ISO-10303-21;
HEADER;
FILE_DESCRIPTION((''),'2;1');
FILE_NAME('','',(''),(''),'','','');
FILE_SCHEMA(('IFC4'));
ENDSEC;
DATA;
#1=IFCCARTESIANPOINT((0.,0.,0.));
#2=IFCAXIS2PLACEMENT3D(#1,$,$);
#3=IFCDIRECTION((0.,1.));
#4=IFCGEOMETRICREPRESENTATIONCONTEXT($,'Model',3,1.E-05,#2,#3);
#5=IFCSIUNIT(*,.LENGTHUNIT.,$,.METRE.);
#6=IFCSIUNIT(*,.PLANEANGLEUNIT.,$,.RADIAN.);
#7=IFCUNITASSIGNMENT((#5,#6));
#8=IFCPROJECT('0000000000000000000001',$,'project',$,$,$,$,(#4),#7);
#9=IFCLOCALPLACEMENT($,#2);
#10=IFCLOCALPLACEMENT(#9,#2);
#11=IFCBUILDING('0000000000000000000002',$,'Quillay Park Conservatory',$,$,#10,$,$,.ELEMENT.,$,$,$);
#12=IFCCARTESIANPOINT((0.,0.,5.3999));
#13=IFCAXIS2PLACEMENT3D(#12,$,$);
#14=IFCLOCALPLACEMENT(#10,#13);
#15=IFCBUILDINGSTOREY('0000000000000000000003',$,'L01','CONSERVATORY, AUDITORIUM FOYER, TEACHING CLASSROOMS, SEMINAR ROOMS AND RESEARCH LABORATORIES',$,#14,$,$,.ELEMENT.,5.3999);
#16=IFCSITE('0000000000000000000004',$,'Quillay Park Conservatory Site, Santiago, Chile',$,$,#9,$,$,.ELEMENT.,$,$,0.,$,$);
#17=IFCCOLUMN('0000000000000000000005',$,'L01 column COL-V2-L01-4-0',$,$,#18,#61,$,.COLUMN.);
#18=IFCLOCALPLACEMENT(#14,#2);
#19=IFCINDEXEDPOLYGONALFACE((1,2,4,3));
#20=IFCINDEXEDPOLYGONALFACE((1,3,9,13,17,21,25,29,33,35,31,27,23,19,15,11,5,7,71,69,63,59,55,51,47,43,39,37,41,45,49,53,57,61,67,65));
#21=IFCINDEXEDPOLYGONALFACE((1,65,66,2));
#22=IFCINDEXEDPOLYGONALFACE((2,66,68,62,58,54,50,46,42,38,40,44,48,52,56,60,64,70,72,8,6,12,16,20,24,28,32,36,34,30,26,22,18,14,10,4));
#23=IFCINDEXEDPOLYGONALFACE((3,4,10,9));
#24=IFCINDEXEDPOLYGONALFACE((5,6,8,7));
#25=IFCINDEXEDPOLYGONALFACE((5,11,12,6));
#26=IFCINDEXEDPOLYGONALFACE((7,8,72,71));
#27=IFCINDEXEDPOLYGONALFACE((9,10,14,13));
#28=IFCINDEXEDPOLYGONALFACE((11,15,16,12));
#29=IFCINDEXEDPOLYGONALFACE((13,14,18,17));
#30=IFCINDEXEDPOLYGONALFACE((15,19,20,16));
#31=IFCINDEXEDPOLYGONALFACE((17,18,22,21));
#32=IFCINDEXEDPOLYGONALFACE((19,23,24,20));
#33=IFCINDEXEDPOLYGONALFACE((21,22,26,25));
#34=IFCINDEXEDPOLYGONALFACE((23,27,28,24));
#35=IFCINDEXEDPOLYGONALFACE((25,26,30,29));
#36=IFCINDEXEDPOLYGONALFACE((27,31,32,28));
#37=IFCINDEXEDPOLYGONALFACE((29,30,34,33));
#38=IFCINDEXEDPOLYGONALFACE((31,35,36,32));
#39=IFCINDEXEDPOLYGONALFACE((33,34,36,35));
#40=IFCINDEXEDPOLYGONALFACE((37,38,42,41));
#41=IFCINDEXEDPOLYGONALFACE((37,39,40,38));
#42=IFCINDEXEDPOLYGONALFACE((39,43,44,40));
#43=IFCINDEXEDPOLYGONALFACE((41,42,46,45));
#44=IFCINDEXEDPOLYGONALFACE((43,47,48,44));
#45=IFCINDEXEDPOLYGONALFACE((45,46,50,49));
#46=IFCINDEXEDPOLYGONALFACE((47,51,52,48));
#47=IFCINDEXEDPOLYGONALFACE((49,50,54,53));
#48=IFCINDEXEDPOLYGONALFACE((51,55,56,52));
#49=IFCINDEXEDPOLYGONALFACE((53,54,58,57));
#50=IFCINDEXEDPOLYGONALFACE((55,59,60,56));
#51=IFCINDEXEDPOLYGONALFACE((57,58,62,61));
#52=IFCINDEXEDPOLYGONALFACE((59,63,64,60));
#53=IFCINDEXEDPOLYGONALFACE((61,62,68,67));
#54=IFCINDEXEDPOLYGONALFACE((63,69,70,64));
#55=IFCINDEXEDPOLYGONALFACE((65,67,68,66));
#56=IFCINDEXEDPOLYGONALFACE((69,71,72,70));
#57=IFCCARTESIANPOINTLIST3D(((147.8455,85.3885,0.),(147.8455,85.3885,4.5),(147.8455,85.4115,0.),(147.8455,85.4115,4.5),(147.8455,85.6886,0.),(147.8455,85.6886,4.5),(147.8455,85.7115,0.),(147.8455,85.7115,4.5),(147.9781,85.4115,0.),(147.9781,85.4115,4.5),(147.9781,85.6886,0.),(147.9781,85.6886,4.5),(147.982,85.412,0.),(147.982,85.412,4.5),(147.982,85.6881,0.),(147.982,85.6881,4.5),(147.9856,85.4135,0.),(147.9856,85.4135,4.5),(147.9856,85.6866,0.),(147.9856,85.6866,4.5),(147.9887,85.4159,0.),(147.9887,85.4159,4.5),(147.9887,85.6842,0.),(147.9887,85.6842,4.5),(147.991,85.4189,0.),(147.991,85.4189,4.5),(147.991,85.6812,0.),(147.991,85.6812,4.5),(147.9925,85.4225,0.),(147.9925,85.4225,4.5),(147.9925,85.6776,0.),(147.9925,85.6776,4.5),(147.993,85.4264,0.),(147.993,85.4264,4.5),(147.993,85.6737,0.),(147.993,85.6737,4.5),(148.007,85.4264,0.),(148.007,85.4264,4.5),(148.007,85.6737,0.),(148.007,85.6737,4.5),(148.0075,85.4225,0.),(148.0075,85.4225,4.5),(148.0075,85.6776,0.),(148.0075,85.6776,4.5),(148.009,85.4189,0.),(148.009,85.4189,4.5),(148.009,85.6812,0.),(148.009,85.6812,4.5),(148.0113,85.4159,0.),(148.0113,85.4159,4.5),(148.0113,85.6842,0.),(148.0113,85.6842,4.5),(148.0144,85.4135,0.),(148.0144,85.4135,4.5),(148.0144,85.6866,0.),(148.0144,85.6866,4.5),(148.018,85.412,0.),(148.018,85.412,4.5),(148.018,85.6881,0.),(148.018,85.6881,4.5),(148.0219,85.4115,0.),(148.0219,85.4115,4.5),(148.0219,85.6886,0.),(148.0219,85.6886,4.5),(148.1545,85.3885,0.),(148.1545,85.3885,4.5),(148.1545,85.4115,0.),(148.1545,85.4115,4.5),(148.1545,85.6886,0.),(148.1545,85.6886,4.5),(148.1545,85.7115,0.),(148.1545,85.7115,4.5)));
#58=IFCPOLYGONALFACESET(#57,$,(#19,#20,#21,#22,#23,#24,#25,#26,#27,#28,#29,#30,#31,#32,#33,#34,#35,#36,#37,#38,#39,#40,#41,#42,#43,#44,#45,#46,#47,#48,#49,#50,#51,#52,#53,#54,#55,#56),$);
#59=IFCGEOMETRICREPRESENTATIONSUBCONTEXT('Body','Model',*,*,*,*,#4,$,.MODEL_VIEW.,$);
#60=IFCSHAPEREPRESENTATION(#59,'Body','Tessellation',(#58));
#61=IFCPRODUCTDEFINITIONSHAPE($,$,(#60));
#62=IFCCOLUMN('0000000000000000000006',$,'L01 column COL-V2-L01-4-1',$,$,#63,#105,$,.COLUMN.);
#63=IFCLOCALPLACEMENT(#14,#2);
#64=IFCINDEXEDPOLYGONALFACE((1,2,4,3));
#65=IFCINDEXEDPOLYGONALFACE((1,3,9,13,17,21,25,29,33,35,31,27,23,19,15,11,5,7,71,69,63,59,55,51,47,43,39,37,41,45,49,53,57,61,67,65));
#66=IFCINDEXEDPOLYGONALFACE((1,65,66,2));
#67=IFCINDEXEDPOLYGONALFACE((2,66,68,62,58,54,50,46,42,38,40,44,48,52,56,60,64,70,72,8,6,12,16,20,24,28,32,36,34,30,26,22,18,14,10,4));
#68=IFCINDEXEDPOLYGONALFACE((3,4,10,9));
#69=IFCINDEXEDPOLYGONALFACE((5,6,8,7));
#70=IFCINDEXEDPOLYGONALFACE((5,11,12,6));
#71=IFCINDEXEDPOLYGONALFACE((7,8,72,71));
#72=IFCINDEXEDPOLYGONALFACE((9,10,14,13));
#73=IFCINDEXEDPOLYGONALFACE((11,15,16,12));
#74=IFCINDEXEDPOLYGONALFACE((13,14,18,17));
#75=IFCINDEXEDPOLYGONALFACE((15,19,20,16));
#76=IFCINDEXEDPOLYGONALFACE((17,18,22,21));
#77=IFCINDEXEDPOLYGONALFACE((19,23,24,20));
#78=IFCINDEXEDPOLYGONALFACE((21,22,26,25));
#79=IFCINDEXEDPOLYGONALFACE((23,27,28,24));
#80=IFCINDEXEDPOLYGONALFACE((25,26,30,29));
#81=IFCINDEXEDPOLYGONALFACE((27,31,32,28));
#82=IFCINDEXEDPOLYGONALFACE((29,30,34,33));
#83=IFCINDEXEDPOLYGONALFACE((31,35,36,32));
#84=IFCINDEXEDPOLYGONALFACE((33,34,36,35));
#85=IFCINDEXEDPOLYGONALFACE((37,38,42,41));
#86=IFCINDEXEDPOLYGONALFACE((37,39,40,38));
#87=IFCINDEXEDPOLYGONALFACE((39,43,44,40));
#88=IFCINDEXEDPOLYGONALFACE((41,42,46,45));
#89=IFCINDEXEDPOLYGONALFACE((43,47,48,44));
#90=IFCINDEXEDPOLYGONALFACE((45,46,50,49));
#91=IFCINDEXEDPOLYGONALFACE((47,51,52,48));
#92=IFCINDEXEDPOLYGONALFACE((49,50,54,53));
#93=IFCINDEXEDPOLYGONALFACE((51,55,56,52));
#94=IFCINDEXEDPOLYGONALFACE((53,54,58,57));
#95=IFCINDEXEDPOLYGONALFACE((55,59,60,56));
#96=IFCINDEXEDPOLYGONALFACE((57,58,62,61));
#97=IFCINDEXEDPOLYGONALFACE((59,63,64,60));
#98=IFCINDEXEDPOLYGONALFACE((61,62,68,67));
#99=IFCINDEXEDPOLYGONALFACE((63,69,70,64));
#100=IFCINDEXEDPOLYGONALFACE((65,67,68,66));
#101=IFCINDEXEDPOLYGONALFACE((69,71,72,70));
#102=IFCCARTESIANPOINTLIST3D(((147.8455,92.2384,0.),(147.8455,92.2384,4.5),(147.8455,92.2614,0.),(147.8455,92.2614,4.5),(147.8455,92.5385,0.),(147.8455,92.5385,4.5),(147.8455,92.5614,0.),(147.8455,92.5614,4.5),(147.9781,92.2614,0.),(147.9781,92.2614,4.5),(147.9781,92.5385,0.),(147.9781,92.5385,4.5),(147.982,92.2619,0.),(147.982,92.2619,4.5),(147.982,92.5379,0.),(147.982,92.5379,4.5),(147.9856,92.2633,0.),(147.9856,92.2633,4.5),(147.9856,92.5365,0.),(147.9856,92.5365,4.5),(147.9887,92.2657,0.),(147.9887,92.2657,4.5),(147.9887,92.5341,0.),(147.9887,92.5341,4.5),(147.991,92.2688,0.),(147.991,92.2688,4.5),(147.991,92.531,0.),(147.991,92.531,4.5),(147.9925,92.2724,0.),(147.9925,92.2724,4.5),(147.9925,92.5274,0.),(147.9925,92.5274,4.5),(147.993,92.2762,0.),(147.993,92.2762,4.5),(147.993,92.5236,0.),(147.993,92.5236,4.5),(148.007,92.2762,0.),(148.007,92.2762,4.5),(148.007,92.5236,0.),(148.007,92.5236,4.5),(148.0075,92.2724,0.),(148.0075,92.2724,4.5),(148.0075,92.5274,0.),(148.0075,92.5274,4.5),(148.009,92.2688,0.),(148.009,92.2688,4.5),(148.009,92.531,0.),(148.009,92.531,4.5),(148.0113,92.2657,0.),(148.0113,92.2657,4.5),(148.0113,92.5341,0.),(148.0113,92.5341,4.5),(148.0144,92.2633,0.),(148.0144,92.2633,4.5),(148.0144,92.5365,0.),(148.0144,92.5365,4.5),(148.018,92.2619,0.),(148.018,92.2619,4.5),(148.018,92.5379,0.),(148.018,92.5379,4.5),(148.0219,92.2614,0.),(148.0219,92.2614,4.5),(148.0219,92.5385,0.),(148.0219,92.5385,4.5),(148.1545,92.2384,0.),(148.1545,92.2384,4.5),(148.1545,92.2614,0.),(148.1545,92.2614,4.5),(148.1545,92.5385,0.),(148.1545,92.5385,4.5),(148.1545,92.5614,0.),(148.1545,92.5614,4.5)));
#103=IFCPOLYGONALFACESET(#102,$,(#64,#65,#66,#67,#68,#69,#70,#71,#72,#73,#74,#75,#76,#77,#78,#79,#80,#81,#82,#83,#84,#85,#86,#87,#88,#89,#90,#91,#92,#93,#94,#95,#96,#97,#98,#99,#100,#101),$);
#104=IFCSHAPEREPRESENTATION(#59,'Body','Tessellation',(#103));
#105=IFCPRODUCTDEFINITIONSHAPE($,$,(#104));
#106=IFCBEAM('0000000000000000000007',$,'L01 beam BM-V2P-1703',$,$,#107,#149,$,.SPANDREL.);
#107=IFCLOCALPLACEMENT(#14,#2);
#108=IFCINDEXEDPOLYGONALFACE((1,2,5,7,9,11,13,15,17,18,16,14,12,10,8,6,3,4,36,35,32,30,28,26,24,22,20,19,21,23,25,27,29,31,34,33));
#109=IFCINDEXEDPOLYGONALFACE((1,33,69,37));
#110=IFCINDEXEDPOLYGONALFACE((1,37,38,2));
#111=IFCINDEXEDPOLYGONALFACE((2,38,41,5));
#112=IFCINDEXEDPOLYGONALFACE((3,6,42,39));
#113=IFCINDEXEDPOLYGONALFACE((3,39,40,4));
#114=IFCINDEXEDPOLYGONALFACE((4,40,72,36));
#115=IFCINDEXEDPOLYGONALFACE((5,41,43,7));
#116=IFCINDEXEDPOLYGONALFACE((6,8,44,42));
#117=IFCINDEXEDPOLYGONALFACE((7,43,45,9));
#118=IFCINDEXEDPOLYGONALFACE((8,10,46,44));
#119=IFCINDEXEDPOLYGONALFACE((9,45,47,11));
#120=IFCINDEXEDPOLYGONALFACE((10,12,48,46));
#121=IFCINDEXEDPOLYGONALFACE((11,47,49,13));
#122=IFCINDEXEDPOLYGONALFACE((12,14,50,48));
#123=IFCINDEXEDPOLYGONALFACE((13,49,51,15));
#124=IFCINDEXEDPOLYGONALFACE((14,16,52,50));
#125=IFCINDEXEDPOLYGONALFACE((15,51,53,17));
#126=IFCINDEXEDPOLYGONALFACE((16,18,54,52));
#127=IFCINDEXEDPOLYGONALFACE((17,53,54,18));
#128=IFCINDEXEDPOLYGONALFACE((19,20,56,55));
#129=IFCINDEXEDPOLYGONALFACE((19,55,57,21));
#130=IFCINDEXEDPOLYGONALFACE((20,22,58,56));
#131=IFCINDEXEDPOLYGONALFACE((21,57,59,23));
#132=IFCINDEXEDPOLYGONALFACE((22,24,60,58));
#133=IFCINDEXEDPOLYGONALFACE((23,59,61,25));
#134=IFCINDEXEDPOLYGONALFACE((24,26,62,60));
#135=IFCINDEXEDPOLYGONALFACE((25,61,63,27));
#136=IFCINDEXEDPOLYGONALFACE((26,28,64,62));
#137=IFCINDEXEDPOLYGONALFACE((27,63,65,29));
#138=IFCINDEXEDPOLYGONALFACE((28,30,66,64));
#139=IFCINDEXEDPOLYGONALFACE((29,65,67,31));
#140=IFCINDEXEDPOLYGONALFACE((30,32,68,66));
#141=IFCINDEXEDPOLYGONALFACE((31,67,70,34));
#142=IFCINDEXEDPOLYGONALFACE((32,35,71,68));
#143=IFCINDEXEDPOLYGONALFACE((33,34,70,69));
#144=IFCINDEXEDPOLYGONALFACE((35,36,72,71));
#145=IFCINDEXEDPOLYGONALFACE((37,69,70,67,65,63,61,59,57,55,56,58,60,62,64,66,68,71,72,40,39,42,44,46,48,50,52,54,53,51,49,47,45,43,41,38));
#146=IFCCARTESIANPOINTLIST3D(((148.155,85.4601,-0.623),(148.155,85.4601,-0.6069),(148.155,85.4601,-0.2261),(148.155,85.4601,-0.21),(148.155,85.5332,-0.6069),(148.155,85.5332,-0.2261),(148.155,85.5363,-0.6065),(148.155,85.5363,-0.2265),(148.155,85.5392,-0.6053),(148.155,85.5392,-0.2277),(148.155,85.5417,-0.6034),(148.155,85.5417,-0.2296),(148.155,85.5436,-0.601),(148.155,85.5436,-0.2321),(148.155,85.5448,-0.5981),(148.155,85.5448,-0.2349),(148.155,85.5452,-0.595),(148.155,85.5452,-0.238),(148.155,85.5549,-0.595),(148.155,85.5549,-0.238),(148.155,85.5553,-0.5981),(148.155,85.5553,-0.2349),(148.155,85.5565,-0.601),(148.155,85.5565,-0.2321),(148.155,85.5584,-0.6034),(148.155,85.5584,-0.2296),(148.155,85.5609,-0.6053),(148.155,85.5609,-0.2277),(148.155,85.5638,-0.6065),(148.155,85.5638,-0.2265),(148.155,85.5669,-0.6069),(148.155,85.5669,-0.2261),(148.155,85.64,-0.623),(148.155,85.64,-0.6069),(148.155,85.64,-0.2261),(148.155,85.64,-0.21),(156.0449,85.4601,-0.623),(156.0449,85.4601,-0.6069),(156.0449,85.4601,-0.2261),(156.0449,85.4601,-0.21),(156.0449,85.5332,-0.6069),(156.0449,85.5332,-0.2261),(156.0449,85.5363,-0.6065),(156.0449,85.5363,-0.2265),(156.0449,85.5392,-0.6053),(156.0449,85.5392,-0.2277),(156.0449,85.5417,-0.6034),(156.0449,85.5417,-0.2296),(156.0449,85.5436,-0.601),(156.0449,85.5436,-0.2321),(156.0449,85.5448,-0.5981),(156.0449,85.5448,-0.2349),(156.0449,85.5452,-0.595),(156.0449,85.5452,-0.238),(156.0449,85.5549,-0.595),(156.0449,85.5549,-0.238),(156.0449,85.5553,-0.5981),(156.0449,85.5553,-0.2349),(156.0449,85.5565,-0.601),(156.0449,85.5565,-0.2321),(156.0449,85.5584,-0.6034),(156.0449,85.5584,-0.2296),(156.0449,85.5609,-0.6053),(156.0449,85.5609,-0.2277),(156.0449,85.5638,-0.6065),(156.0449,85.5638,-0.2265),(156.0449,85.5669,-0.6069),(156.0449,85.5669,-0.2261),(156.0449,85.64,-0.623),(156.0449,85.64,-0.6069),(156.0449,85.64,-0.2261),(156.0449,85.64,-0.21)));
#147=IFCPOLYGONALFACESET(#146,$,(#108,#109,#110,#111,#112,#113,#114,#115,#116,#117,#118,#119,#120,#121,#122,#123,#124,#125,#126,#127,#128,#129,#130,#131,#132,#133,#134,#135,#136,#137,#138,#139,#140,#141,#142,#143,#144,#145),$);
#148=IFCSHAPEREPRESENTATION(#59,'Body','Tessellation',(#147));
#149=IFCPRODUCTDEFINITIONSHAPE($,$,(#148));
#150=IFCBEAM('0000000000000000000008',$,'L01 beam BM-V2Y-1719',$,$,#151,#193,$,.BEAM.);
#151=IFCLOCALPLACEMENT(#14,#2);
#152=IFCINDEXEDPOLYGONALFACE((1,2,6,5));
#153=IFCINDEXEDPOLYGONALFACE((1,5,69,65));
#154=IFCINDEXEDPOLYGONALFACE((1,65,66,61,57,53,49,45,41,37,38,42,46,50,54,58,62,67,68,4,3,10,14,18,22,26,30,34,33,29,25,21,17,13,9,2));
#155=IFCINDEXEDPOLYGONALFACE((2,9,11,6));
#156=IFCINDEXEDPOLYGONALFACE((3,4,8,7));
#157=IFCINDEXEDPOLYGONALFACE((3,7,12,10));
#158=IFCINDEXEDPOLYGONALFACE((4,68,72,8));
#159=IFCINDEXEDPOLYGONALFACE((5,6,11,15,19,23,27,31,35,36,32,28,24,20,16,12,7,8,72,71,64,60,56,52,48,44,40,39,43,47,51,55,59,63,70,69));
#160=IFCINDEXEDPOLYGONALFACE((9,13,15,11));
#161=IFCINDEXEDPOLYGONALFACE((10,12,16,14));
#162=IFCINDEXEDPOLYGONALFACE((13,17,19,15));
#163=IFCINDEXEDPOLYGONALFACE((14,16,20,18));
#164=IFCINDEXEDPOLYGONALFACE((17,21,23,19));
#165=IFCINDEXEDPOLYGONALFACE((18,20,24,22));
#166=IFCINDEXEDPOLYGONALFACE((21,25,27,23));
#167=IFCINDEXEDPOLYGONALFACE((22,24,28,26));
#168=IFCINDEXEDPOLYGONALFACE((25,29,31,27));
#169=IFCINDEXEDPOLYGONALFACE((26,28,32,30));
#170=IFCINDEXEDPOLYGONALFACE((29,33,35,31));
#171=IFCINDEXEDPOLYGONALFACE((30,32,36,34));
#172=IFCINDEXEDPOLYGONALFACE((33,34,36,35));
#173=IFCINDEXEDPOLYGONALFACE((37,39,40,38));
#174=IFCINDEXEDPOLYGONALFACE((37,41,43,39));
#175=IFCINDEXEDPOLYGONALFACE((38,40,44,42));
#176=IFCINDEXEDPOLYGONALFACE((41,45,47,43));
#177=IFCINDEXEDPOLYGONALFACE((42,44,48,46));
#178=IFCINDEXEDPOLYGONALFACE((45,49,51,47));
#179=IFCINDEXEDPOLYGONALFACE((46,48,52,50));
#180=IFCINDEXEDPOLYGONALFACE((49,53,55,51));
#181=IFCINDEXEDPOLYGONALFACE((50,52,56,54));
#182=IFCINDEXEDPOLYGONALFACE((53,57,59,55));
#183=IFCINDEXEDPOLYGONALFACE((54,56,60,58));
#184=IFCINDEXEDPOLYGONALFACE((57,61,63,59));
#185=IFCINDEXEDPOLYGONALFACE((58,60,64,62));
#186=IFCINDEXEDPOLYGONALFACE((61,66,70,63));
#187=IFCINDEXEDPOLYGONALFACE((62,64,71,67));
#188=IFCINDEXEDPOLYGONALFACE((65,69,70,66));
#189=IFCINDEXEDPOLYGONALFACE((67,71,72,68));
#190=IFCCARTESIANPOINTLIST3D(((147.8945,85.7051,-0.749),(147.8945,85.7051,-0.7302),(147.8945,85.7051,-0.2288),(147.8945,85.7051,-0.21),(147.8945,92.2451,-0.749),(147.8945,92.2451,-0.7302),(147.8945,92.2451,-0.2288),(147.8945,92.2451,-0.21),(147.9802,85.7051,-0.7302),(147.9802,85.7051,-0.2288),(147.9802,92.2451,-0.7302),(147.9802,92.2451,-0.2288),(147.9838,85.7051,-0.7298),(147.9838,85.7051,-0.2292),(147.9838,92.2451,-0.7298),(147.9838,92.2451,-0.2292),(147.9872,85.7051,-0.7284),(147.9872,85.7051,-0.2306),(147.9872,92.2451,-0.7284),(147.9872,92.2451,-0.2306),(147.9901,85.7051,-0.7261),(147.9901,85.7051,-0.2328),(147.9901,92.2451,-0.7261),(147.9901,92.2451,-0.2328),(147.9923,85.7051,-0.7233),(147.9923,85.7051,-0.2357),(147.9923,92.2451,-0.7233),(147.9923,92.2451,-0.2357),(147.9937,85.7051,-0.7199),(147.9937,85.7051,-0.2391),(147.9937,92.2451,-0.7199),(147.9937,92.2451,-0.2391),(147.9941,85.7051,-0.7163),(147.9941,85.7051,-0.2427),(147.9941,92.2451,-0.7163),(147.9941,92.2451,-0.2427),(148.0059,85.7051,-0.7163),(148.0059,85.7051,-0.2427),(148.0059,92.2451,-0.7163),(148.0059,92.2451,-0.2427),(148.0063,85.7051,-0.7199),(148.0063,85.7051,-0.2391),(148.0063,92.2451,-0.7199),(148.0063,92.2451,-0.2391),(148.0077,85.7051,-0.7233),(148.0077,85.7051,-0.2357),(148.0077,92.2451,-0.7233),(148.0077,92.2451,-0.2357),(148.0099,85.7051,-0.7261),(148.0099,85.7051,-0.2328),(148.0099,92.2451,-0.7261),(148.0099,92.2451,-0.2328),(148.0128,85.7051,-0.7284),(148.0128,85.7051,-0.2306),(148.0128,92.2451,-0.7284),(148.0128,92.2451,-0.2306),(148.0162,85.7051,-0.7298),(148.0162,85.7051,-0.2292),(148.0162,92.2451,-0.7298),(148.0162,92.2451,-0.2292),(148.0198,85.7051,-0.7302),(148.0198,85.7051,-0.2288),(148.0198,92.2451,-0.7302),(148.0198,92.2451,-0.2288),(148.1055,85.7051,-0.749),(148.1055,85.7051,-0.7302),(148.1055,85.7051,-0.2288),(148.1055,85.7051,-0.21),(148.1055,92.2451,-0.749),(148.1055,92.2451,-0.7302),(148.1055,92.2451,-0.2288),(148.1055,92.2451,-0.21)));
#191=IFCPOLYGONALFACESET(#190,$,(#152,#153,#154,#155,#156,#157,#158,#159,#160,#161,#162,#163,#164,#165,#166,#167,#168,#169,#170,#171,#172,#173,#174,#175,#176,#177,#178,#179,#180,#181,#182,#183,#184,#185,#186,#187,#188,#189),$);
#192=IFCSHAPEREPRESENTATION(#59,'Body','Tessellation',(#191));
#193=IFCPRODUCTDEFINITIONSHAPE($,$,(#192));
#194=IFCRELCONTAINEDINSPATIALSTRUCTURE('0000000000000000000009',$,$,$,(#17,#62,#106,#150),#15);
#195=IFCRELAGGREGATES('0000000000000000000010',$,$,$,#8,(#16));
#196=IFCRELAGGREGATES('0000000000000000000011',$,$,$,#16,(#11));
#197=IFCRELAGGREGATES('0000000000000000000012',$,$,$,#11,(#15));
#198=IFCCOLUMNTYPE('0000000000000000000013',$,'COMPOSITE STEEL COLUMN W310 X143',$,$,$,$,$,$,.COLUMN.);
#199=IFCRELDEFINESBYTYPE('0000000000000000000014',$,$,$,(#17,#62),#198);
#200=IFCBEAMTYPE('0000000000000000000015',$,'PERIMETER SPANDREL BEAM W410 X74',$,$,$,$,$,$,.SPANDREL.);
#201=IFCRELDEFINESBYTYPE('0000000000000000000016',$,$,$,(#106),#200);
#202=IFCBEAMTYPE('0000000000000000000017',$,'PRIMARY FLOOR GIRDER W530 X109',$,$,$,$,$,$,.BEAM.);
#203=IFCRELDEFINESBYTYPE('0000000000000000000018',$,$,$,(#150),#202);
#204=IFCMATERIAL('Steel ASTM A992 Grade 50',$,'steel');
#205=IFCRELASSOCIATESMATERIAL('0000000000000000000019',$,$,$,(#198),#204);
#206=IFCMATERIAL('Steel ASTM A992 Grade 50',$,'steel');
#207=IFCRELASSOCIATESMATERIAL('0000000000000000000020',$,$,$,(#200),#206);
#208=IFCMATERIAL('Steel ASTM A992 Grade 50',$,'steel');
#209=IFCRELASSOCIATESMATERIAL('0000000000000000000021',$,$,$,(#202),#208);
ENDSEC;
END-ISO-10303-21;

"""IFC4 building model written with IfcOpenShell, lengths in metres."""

from ifc_helpers import new_model, si_unit, direction, frame, origin, origin_2d, place, context, subcontext, project, spatial, i_section, extrude, material, material_profile, profile_set, type_object, element, save


model = new_model("IFC4")

# Units and contexts
model_context = context("Model", 3, precision=1e-05, world=origin(), true_north=direction((0.0, 1.0)))
body_context = subcontext(model_context, "Body", "Model", "MODEL_VIEW")
ifc_project = project(units=[si_unit("LENGTHUNIT", "METRE"), si_unit("PLANEANGLEUNIT", "RADIAN")], contexts=[model_context])

# Site, building, storey
site_placement = place(None, origin())
site = spatial("IfcSite", under=ifc_project, at=site_placement, Name="Quillay Park Conservatory Site, Santiago, Chile", CompositionType="ELEMENT", RefElevation=0.0)
building_placement = place(site_placement, origin())
building = spatial("IfcBuilding", under=site, at=building_placement, Name="Quillay Park Conservatory", CompositionType="ELEMENT")
storey_placement = place(building_placement, frame((0.0, 0.0, 5.3999)))
storey = spatial("IfcBuildingStorey", under=building, at=storey_placement, Name="L01", Description="CONSERVATORY, AUDITORIUM FOYER, TEACHING CLASSROOMS, SEMINAR ROOMS AND RESEARCH LABORATORIES", CompositionType="ELEMENT", Elevation=5.3999)

# Columns
ifc_material_1 = material(Name="Steel ASTM A992 Grade 50", Category="steel")
ifc_material_profile_1 = material_profile(ifc_material_1, i_section(OverallWidth=0.3091, OverallDepth=0.323, WebThickness=0.0139, FlangeThickness=0.0229, FilletRadius=0.0149, at=origin_2d()), Name="W310x143")
ifc_profile_set_1 = profile_set([ifc_material_profile_1], Name="Steel ASTM A992 Grade 50")
column_type = type_object("IfcColumnType", Name="COMPOSITE STEEL COLUMN W310 X143", PredefinedType="COLUMN", material=ifc_profile_set_1)
for number, where, z_axis, x_axis, name in (
    (1, (148.0, 85.55, 0.0), (0.0, 0.0, 1.0), (1.0, 0.0, 0.0), "L01 column COL-V2-L01-4-0"),
    (2, (148.0, 92.3999, 0.0), (0.0, 0.0, 1.0), (1.0, 0.0, 0.0), "L01 column COL-V2-L01-4-1"),
):
    element("IfcColumn", number, at=place(storey_placement, frame(where, z_axis=z_axis, x_axis=x_axis)), inside=storey, type_object=column_type, Name=name, PredefinedType="COLUMN", context=body_context, shape_type="SweptSolid", body=[
        extrude(i_section(OverallWidth=0.3091, OverallDepth=0.323, WebThickness=0.0139, FlangeThickness=0.0229, FilletRadius=0.0149, at=origin_2d()), origin(), (0.0, 0.0, 1.0), 4.5),
    ])

# Beams
ifc_material_2 = material(Name="Steel ASTM A992 Grade 50", Category="steel")
ifc_material_profile_2 = material_profile(ifc_material_2, i_section(OverallWidth=0.1799, OverallDepth=0.4131, WebThickness=0.0098, FlangeThickness=0.0161, FilletRadius=0.012, at=origin_2d()), Name="W410x74")
ifc_profile_set_2 = profile_set([ifc_material_profile_2], Name="Steel ASTM A992 Grade 50")
beam_type_1 = type_object("IfcBeamType", Name="PERIMETER SPANDREL BEAM W410 X74", PredefinedType="SPANDREL", material=ifc_profile_set_2)
beam_1_placement = place(storey_placement, frame((148.155, 85.55, -0.4165), z_axis=(1.0, 0.0, 0.0), x_axis=(0.0, 1.0, 0.0)))
element("IfcBeam", 3, at=beam_1_placement, inside=storey, type_object=beam_type_1, Name="L01 beam BM-V2P-1703", PredefinedType="SPANDREL", context=body_context, shape_type="SweptSolid", body=[
    extrude(i_section(OverallWidth=0.1799, OverallDepth=0.4131, WebThickness=0.0098, FlangeThickness=0.0161, FilletRadius=0.012, at=origin_2d()), origin(), (0.0, 0.0, 1.0), 7.8899),
])
ifc_material_3 = material(Name="Steel ASTM A992 Grade 50", Category="steel")
ifc_material_profile_3 = material_profile(ifc_material_3, i_section(OverallWidth=0.2109, OverallDepth=0.5391, WebThickness=0.0117, FlangeThickness=0.0188, FilletRadius=0.0139, at=origin_2d()), Name="W530x109")
ifc_profile_set_3 = profile_set([ifc_material_profile_3], Name="Steel ASTM A992 Grade 50")
beam_type_2 = type_object("IfcBeamType", Name="PRIMARY FLOOR GIRDER W530 X109", PredefinedType="BEAM", material=ifc_profile_set_3)
beam_2_placement = place(storey_placement, frame((148.0, 85.7051, -0.4795), z_axis=(0.0, 1.0, 0.0), x_axis=(-1.0, 0.0, 0.0)))
element("IfcBeam", 4, at=beam_2_placement, inside=storey, type_object=beam_type_2, Name="L01 beam BM-V2Y-1719", PredefinedType="BEAM", context=body_context, shape_type="SweptSolid", body=[
    extrude(i_section(OverallWidth=0.2109, OverallDepth=0.5391, WebThickness=0.0117, FlangeThickness=0.0188, FilletRadius=0.0139, at=origin_2d()), origin(), (0.0, 0.0, 1.0), 6.54),
])

save(model, "model.ifc")
